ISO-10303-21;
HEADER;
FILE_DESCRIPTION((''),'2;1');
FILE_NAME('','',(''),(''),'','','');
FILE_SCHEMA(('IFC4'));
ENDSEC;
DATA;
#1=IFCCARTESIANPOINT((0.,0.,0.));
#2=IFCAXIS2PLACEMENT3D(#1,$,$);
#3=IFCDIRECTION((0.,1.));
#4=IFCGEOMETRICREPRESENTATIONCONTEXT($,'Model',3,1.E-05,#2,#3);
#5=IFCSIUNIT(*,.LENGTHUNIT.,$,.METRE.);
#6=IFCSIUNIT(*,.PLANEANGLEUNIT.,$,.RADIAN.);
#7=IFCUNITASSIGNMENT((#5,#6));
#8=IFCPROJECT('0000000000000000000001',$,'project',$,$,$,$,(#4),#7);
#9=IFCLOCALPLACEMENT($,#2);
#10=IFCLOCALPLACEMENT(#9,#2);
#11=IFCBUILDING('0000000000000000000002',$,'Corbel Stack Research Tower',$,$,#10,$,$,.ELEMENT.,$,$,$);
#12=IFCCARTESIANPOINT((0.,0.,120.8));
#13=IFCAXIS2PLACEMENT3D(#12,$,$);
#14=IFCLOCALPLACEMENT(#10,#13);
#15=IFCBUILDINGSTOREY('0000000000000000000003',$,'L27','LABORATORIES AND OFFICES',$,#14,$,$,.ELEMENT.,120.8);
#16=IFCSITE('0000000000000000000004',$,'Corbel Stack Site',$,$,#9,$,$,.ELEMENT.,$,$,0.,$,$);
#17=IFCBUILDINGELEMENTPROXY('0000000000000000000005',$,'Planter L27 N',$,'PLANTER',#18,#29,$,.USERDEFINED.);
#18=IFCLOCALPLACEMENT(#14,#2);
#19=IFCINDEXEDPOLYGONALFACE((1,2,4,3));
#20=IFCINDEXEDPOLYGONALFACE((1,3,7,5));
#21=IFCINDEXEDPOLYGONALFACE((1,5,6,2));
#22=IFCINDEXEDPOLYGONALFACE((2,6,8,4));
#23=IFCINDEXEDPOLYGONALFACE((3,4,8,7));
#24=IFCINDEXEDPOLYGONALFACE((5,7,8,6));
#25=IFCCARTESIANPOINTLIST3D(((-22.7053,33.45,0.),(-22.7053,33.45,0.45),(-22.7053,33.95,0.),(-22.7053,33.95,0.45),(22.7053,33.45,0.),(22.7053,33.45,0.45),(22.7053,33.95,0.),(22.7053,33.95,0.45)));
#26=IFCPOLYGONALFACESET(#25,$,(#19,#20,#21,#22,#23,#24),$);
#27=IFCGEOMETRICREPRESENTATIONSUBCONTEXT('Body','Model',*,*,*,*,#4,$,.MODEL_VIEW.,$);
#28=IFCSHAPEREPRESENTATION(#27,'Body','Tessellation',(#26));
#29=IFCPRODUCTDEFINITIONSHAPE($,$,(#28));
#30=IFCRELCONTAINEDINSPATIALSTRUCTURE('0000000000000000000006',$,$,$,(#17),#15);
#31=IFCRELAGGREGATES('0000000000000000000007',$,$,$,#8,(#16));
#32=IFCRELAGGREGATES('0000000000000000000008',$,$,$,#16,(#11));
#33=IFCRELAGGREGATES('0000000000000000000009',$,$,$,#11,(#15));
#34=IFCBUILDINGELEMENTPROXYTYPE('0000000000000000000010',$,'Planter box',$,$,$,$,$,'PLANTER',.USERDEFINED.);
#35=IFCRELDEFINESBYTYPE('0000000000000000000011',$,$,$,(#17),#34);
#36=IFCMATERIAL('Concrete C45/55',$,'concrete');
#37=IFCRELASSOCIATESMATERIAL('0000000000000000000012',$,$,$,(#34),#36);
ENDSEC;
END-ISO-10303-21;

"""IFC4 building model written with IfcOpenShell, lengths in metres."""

from ifc_helpers import new_model, si_unit, direction, frame, origin, origin_2d, place, context, subcontext, project, spatial, rectangle, extrude, material, type_object, element, save


model = new_model("IFC4")

# Units and contexts
model_context = context("Model", 3, precision=1e-05, world=origin(), true_north=direction((0.0, 1.0)))
body_context = subcontext(model_context, "Body", "Model", "MODEL_VIEW")
ifc_project = project(units=[si_unit("LENGTHUNIT", "METRE"), si_unit("PLANEANGLEUNIT", "RADIAN")], contexts=[model_context])

# Site, building, storey
site_placement = place(None, origin())
site = spatial("IfcSite", under=ifc_project, at=site_placement, Name="Corbel Stack Site", CompositionType="ELEMENT", RefElevation=0.0)
building_placement = place(site_placement, origin())
building = spatial("IfcBuilding", under=site, at=building_placement, Name="Corbel Stack Research Tower", CompositionType="ELEMENT")
storey_placement = place(building_placement, frame((0.0, 0.0, 120.8)))
storey = spatial("IfcBuildingStorey", under=building, at=storey_placement, Name="L27", Description="LABORATORIES AND OFFICES", CompositionType="ELEMENT", Elevation=120.8)

# Building element proxy
ifc_material_1 = material(Name="Concrete C45/55", Category="concrete")
building_element_proxy_type = type_object("IfcBuildingElementProxyType", Name="Planter box", ElementType="PLANTER", PredefinedType="USERDEFINED", material=ifc_material_1)
proxy_placement = place(storey_placement, frame((0.0, 33.7, 0.0), z_axis=(0.0, 0.0, 1.0), x_axis=(-1.0, 0.0, 0.0)))
element("IfcBuildingElementProxy", 1, at=proxy_placement, inside=storey, type_object=building_element_proxy_type, Name="Planter L27 N", ObjectType="PLANTER", PredefinedType="USERDEFINED", context=body_context, shape_type="SweptSolid", body=[
    extrude(rectangle(XDim=45.4106, YDim=0.5, at=origin_2d()), origin(), (0.0, 0.0, 1.0), 0.45),
])

save(model, "model.ifc")
